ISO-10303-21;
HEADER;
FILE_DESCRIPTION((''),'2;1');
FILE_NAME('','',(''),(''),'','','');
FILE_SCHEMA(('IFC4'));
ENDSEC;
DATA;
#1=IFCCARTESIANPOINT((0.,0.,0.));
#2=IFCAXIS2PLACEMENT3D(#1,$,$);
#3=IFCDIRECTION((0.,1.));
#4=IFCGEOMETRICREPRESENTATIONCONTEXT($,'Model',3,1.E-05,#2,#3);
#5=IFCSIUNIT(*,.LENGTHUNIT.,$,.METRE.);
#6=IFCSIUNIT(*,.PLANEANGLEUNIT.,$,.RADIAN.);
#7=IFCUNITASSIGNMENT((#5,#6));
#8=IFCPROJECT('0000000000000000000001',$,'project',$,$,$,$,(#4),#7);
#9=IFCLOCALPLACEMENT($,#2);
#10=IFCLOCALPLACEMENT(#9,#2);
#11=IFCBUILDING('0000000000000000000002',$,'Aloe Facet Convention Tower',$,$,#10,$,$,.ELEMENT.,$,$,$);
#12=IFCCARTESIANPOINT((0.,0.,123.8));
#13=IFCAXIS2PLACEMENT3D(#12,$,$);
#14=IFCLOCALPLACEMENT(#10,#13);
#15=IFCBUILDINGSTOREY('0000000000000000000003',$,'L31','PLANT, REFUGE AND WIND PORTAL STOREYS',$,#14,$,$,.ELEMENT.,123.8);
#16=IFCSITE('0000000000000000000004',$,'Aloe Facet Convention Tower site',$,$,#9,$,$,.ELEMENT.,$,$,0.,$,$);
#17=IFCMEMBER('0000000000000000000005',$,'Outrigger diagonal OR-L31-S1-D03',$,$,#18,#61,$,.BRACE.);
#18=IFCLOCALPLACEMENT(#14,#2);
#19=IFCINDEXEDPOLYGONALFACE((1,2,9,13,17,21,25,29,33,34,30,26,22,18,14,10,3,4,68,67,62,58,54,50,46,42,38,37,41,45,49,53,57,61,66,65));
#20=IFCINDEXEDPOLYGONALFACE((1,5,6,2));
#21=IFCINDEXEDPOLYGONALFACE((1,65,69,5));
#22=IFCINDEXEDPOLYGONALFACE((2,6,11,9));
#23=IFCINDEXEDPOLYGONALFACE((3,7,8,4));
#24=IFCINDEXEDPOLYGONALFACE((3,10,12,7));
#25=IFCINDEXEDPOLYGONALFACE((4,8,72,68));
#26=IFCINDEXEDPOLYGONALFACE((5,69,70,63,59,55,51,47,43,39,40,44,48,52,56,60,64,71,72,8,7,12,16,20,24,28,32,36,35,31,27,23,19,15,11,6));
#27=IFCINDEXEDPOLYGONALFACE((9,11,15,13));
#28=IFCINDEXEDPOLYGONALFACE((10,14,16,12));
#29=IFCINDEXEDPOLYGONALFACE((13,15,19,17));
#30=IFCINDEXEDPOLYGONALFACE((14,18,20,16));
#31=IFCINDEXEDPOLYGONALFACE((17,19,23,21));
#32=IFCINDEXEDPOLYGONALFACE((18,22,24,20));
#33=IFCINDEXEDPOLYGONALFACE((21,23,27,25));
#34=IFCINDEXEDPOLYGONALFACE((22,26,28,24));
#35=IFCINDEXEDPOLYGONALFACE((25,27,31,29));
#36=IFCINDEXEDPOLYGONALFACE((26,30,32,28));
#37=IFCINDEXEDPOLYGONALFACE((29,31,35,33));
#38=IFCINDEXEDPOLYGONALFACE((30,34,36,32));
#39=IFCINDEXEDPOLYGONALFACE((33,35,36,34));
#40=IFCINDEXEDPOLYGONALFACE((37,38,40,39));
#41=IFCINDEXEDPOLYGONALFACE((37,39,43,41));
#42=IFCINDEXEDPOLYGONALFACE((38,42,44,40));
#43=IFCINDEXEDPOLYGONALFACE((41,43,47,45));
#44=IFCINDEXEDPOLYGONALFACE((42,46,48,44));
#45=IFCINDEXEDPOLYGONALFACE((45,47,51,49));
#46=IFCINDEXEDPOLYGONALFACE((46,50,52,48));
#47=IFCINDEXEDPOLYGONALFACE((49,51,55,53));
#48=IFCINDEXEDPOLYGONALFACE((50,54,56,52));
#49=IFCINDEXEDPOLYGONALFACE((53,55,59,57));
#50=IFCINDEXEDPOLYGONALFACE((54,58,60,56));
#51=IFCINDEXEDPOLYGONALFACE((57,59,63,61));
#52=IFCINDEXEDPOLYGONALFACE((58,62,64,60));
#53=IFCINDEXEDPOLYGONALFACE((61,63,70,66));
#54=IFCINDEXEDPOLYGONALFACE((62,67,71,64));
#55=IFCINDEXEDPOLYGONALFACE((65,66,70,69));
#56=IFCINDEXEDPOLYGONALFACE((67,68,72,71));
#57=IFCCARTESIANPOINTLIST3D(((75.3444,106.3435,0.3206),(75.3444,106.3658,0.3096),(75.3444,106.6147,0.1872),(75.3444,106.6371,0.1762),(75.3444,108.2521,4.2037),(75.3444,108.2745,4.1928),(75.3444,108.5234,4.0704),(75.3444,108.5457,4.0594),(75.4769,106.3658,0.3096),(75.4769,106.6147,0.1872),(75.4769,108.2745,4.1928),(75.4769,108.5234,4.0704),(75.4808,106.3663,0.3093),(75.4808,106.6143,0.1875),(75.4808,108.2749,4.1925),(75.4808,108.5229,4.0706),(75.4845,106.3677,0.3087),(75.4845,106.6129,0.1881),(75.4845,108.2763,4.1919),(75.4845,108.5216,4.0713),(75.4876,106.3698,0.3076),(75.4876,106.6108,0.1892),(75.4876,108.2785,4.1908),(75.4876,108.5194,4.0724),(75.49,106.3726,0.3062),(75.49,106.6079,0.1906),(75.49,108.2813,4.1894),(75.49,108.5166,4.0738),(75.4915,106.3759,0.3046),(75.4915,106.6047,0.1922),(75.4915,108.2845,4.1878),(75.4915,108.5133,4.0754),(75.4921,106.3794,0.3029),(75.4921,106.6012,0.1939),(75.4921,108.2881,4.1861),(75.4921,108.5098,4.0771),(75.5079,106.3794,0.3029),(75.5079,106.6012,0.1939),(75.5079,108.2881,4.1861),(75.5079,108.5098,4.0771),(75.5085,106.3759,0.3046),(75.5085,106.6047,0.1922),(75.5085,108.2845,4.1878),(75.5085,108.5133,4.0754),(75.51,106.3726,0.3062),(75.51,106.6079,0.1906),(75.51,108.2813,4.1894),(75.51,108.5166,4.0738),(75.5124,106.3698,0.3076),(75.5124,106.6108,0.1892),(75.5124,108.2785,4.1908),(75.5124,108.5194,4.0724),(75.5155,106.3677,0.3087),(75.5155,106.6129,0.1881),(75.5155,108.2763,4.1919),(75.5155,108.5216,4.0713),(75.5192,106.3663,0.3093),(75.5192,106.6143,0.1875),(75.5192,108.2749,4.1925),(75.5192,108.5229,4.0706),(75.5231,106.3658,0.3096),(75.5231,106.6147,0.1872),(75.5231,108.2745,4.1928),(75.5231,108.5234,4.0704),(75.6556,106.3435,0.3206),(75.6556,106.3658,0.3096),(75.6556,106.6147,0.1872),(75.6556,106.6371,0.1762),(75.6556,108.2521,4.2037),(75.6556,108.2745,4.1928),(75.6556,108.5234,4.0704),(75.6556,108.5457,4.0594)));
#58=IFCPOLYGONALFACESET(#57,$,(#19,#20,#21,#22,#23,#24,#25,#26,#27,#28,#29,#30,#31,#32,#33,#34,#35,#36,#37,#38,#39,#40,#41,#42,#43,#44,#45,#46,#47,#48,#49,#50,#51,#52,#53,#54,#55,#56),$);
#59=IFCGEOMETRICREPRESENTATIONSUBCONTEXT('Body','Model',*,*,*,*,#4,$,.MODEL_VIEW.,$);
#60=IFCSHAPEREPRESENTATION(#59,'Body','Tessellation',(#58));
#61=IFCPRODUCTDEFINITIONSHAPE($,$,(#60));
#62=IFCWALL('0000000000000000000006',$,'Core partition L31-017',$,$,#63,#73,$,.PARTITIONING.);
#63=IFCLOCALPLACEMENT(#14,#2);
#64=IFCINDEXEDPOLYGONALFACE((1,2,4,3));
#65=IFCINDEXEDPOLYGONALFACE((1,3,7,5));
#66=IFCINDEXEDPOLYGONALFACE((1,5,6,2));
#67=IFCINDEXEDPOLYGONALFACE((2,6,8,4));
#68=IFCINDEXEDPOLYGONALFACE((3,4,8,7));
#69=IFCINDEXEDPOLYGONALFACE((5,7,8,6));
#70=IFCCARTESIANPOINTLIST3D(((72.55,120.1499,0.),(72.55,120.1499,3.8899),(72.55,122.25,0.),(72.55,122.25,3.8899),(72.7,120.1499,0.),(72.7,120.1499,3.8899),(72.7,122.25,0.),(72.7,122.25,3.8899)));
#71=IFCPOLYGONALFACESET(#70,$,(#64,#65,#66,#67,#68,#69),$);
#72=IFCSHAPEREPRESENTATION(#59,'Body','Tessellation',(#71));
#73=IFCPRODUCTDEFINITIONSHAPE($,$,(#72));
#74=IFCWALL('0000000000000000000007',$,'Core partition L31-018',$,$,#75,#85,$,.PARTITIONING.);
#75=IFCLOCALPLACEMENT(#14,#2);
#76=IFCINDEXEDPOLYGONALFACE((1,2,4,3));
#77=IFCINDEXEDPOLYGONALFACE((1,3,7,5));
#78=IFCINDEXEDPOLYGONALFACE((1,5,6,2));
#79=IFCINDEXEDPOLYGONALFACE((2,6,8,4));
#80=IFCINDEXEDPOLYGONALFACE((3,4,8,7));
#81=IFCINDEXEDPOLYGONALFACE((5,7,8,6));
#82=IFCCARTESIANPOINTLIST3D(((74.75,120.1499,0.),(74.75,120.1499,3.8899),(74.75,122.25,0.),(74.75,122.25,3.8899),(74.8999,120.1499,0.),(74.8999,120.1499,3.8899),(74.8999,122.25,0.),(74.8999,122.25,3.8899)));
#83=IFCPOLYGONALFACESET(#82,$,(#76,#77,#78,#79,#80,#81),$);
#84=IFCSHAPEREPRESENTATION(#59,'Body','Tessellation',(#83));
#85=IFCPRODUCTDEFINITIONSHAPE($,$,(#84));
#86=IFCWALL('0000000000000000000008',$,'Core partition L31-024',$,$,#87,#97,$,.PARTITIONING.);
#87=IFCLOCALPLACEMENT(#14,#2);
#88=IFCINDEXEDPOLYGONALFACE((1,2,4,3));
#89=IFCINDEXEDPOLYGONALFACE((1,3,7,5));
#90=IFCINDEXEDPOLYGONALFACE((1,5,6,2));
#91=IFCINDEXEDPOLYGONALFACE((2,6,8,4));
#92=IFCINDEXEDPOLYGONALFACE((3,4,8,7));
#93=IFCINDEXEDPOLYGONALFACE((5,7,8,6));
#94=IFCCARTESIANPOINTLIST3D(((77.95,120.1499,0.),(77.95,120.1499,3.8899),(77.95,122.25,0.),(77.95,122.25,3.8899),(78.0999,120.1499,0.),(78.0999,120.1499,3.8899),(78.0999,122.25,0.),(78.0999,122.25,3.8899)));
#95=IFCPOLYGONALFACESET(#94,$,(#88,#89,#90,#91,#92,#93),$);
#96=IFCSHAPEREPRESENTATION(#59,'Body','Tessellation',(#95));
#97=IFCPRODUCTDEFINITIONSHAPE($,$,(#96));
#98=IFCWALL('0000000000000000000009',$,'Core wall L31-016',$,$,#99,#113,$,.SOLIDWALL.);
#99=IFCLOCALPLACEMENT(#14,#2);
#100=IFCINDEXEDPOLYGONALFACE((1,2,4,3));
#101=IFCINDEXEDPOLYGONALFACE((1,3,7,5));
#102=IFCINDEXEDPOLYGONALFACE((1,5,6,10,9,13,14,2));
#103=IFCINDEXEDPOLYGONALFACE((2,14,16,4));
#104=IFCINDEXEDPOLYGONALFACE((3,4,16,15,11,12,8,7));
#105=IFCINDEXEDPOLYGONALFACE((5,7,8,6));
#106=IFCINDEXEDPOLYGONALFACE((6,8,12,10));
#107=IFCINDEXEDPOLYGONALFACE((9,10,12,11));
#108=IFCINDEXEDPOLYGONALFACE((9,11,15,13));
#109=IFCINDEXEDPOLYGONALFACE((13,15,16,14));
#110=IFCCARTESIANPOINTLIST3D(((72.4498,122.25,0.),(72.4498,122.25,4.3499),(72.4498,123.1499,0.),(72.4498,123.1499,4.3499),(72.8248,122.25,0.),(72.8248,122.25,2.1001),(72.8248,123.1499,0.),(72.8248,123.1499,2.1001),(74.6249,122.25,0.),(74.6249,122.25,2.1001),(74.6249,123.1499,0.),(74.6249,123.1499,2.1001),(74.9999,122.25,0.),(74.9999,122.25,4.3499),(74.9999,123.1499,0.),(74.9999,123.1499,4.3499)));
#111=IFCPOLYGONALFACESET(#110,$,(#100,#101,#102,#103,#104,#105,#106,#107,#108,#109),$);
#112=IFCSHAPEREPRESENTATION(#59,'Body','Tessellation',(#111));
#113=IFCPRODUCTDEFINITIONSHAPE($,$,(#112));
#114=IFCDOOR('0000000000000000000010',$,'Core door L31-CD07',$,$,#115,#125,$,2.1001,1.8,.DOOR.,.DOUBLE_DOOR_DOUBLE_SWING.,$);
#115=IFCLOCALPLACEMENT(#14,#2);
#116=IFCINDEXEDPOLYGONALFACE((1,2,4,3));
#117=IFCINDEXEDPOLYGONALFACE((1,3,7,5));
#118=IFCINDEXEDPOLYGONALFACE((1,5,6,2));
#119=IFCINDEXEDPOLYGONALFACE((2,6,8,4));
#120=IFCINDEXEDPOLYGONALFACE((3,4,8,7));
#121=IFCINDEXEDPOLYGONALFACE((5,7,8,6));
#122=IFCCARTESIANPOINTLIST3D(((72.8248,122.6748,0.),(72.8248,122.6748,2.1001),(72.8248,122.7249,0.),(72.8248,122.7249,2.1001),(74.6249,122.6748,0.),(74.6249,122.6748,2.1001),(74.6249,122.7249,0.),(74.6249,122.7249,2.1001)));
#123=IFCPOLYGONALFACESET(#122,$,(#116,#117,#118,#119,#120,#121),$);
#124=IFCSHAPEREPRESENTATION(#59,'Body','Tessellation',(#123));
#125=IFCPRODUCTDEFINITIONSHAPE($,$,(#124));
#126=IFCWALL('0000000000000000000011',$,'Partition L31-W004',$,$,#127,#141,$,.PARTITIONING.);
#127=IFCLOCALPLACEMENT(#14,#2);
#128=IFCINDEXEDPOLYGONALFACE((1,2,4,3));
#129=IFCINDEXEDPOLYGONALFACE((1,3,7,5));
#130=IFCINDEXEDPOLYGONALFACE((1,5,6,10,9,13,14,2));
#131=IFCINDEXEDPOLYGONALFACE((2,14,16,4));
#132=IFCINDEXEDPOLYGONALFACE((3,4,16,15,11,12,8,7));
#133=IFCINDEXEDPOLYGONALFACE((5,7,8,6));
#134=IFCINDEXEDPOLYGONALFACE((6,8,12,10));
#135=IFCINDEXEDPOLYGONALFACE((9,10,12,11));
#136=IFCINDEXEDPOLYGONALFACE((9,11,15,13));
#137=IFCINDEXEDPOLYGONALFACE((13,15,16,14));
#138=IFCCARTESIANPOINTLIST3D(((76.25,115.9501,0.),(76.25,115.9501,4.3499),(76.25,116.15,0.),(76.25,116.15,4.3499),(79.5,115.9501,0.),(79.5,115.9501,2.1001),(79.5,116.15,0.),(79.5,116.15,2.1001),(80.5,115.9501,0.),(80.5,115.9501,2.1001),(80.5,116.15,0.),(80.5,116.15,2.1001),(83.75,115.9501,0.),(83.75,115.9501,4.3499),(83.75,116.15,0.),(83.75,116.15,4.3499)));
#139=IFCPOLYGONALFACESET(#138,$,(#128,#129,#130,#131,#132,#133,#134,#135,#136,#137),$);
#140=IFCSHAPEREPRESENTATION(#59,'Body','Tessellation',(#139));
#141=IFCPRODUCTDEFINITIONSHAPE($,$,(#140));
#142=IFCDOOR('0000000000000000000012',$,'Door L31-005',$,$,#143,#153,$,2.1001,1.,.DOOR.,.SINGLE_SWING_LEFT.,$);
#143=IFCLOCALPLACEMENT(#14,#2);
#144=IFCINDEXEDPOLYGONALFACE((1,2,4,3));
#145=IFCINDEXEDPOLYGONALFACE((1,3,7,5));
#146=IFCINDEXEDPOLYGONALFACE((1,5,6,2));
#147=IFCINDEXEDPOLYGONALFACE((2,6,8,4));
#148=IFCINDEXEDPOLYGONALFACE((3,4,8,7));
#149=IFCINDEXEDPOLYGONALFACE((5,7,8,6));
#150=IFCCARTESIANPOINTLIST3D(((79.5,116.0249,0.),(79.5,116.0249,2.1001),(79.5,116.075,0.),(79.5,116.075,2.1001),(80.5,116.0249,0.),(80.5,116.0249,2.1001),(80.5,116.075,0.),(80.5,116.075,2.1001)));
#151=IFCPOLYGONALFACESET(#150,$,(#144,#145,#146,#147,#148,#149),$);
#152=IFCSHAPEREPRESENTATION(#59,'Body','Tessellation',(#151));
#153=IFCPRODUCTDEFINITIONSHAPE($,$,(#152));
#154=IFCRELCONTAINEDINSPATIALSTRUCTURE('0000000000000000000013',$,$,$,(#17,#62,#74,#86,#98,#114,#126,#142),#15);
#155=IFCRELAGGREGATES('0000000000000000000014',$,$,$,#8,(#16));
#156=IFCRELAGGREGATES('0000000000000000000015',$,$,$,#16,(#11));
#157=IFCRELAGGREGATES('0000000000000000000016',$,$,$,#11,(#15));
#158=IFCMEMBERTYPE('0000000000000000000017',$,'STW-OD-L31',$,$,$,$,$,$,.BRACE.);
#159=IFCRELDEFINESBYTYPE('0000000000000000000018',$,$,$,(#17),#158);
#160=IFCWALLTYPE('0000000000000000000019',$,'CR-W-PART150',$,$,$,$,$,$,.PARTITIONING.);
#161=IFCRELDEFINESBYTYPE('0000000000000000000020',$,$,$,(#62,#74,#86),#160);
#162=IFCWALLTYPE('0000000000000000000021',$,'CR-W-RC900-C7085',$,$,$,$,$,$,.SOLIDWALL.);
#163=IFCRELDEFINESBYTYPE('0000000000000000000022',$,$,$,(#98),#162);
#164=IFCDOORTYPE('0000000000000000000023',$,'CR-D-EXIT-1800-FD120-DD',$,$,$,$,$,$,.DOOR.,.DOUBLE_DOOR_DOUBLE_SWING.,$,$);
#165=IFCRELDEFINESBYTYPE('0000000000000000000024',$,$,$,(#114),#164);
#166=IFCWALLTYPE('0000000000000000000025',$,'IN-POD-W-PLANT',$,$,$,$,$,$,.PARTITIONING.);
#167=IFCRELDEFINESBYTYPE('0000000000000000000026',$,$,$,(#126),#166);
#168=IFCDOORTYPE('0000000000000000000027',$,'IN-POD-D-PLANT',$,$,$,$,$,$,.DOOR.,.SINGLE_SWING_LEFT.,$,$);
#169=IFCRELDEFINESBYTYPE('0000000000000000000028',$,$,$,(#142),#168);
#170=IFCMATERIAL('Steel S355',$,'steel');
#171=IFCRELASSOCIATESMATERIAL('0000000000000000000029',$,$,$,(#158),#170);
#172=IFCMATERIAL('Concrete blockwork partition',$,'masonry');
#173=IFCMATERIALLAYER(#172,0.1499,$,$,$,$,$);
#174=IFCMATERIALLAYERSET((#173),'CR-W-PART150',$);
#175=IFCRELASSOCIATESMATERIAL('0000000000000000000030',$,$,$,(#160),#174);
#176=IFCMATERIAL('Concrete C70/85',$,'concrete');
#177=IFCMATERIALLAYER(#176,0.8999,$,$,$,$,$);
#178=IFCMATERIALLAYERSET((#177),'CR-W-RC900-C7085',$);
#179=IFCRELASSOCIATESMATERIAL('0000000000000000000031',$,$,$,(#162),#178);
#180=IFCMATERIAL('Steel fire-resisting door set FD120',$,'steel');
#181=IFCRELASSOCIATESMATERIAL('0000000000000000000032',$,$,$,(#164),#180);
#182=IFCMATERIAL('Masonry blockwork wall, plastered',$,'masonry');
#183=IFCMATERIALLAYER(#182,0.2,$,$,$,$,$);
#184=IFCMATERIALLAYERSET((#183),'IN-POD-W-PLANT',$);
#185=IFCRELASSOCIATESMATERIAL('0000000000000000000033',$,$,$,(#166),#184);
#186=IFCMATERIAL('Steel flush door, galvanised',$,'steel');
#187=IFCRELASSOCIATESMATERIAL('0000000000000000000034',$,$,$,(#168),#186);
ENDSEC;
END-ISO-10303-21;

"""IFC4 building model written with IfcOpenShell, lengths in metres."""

from ifc_helpers import new_model, si_unit, direction, frame, frame_2d, origin, origin_2d, place, context, subcontext, project, spatial, rectangle, i_section, extrude, material, layer, layer_set, material_profile, profile_set, type_object, element, fill, save


model = new_model("IFC4")

# Units and contexts
model_context = context("Model", 3, precision=1e-05, world=origin(), true_north=direction((0.0, 1.0)))
body_context = subcontext(model_context, "Body", "Model", "MODEL_VIEW")
ifc_project = project(units=[si_unit("LENGTHUNIT", "METRE"), si_unit("PLANEANGLEUNIT", "RADIAN")], contexts=[model_context])

# Site, building, storey
site_placement = place(None, origin())
site = spatial("IfcSite", under=ifc_project, at=site_placement, Name="Aloe Facet Convention Tower site", CompositionType="ELEMENT", RefElevation=0.0)
building_placement = place(site_placement, origin())
building = spatial("IfcBuilding", under=site, at=building_placement, Name="Aloe Facet Convention Tower", CompositionType="ELEMENT")
storey_placement = place(building_placement, frame((0.0, 0.0, 123.8)))
storey = spatial("IfcBuildingStorey", under=building, at=storey_placement, Name="L31", Description="PLANT, REFUGE AND WIND PORTAL STOREYS", CompositionType="ELEMENT", Elevation=123.8)

# Member
ifc_material_1 = material(Name="Steel S355", Category="steel")
ifc_material_profile_1 = material_profile(ifc_material_1, i_section(OverallWidth=0.3113, OverallDepth=0.3271, WebThickness=0.0159, FlangeThickness=0.0249, FilletRadius=0.0151, at=origin_2d()), Name="UC 305x305x158")
ifc_profile_set_1 = profile_set([ifc_material_profile_1], Name="Steel S355")
member_type = type_object("IfcMemberType", Name="STW-OD-L31", PredefinedType="BRACE", material=ifc_profile_set_1)
for number, where, z_axis, x_axis, name in (
    (1, (75.5, 108.3989, 4.1316), (0.0, -0.44111, -0.897453), (1.0, 0.0, 0.0), "Outrigger diagonal OR-L31-S1-D03"),
):
    element("IfcMember", number, at=place(storey_placement, frame(where, z_axis=z_axis, x_axis=x_axis)), inside=storey, type_object=member_type, Name=name, PredefinedType="BRACE", context=body_context, shape_type="SweptSolid", body=[
        extrude(i_section(OverallWidth=0.3113, OverallDepth=0.3271, WebThickness=0.0159, FlangeThickness=0.0249, FilletRadius=0.0151, at=origin_2d()), origin(), (0.0, 0.0, 1.0), 4.3269),
    ])

# Walls
ifc_material_2 = material(Name="Concrete blockwork partition", Category="masonry")
ifc_layer_1 = layer(ifc_material_2, 0.1499)
ifc_layer_set_1 = layer_set([ifc_layer_1], Name="CR-W-PART150")
wall_type_1 = type_object("IfcWallType", Name="CR-W-PART150", PredefinedType="PARTITIONING", material=ifc_layer_set_1)
for number, where, z_axis, x_axis, name in (
    (2, (72.625, 122.25, 0.0), (0.0, 0.0, 1.0), (0.0, -1.0, 0.0), "Core partition L31-017"),
    (3, (74.825, 122.25, 0.0), (0.0, 0.0, 1.0), (0.0, -1.0, 0.0), "Core partition L31-018"),
    (4, (78.0249, 122.25, 0.0), (0.0, 0.0, 1.0), (0.0, -1.0, 0.0), "Core partition L31-024"),
):
    element("IfcWall", number, at=place(storey_placement, frame(where, z_axis=z_axis, x_axis=x_axis)), inside=storey, type_object=wall_type_1, Name=name, PredefinedType="PARTITIONING", context=body_context, shape_type="SweptSolid", body=[
        extrude(rectangle(XDim=2.1001, YDim=0.1499, at=frame_2d((1.05, 0.0))), origin(), (0.0, 0.0, 1.0), 3.8899),
    ])

# Walls, openings, doors
ifc_material_3 = material(Name="Concrete C70/85", Category="concrete")
ifc_layer_2 = layer(ifc_material_3, 0.8999)
ifc_layer_set_2 = layer_set([ifc_layer_2], Name="CR-W-RC900-C7085")
wall_type_2 = type_object("IfcWallType", Name="CR-W-RC900-C7085", PredefinedType="SOLIDWALL", material=ifc_layer_set_2)
wall_1_placement = place(storey_placement, frame((72.45, 122.7, 0.0), z_axis=(0.0, 0.0, 1.0), x_axis=(1.0, 0.0, 0.0)))
wall_1 = element("IfcWall", 5, at=wall_1_placement, inside=storey, type_object=wall_type_2, Name="Core wall L31-016", PredefinedType="SOLIDWALL", context=body_context, shape_type="SweptSolid", body=[
    extrude(rectangle(XDim=2.55, YDim=0.8999, at=frame_2d((1.2749, 0.0))), origin(), (0.0, 0.0, 1.0), 4.3499),
])
opening_1_placement = place(wall_1_placement, frame((0.375, 0.0, 0.0)))
opening_1 = element("IfcOpeningElement", 6, at=opening_1_placement, cuts=wall_1, PredefinedType="OPENING", context=body_context, shape_type="SweptSolid", body=[
    extrude(rectangle(XDim=1.8, YDim=2.1001, at=frame_2d((0.8999, 1.05))), frame((0.0, 0.46, 0.0), z_axis=(0.0, -1.0, 0.0), x_axis=(1.0, 0.0, 0.0)), (0.0, 0.0, 1.0), 0.9199),
])
ifc_material_4 = material(Name="Steel fire-resisting door set FD120", Category="steel")
door_type_1 = type_object("IfcDoorType", Name="CR-D-EXIT-1800-FD120-DD", OperationType="DOUBLE_DOOR_DOUBLE_SWING", PredefinedType="DOOR", material=ifc_material_4)
door_1_placement = place(opening_1_placement, origin())
door_1 = element("IfcDoor", 7, at=door_1_placement, inside=storey, type_object=door_type_1, Name="Core door L31-CD07", OperationType="DOUBLE_DOOR_DOUBLE_SWING", OverallHeight=2.1001, OverallWidth=1.8, PredefinedType="DOOR", context=body_context, shape_type="SweptSolid", body=[
    extrude(rectangle(XDim=1.8, YDim=2.1001, at=frame_2d((0.8999, 1.05))), frame((0.0, 0.0249, 0.0), z_axis=(0.0, -1.0, 0.0), x_axis=(1.0, 0.0, 0.0)), (0.0, 0.0, 1.0), 0.05),
])
fill(opening_1, door_1)
ifc_material_5 = material(Name="Masonry blockwork wall, plastered", Category="masonry")
ifc_layer_3 = layer(ifc_material_5, 0.2)
ifc_layer_set_3 = layer_set([ifc_layer_3], Name="IN-POD-W-PLANT")
wall_type_3 = type_object("IfcWallType", Name="IN-POD-W-PLANT", PredefinedType="PARTITIONING", material=ifc_layer_set_3)
wall_2_placement = place(storey_placement, frame((76.25, 116.05, 0.0), z_axis=(0.0, 0.0, 1.0), x_axis=(1.0, 0.0, 0.0)))
wall_2 = element("IfcWall", 8, at=wall_2_placement, inside=storey, type_object=wall_type_3, Name="Partition L31-W004", PredefinedType="PARTITIONING", context=body_context, shape_type="SweptSolid", body=[
    extrude(rectangle(XDim=7.5, YDim=0.2, at=frame_2d((3.75, 0.0))), origin(), (0.0, 0.0, 1.0), 4.3499),
])
opening_2_placement = place(wall_2_placement, frame((3.25, 0.0, 0.0)))
opening_2 = element("IfcOpeningElement", 9, at=opening_2_placement, cuts=wall_2, PredefinedType="OPENING", context=body_context, shape_type="SweptSolid", body=[
    extrude(rectangle(XDim=1.0, YDim=2.1001, at=frame_2d((0.5, 1.05))), frame((0.0, 0.1099, 0.0), z_axis=(0.0, -1.0, 0.0), x_axis=(1.0, 0.0, 0.0)), (0.0, 0.0, 1.0), 0.22),
])
ifc_material_6 = material(Name="Steel flush door, galvanised", Category="steel")
door_type_2 = type_object("IfcDoorType", Name="IN-POD-D-PLANT", OperationType="SINGLE_SWING_LEFT", PredefinedType="DOOR", material=ifc_material_6)
door_2_placement = place(opening_2_placement, origin())
door_2 = element("IfcDoor", 10, at=door_2_placement, inside=storey, type_object=door_type_2, Name="Door L31-005", OperationType="SINGLE_SWING_LEFT", OverallHeight=2.1001, OverallWidth=1.0, PredefinedType="DOOR", context=body_context, shape_type="SweptSolid", body=[
    extrude(rectangle(XDim=1.0, YDim=2.1001, at=frame_2d((0.5, 1.05))), frame((0.0, 0.0249, 0.0), z_axis=(0.0, -1.0, 0.0), x_axis=(1.0, 0.0, 0.0)), (0.0, 0.0, 1.0), 0.05),
])
fill(opening_2, door_2)

save(model, "model.ifc")
